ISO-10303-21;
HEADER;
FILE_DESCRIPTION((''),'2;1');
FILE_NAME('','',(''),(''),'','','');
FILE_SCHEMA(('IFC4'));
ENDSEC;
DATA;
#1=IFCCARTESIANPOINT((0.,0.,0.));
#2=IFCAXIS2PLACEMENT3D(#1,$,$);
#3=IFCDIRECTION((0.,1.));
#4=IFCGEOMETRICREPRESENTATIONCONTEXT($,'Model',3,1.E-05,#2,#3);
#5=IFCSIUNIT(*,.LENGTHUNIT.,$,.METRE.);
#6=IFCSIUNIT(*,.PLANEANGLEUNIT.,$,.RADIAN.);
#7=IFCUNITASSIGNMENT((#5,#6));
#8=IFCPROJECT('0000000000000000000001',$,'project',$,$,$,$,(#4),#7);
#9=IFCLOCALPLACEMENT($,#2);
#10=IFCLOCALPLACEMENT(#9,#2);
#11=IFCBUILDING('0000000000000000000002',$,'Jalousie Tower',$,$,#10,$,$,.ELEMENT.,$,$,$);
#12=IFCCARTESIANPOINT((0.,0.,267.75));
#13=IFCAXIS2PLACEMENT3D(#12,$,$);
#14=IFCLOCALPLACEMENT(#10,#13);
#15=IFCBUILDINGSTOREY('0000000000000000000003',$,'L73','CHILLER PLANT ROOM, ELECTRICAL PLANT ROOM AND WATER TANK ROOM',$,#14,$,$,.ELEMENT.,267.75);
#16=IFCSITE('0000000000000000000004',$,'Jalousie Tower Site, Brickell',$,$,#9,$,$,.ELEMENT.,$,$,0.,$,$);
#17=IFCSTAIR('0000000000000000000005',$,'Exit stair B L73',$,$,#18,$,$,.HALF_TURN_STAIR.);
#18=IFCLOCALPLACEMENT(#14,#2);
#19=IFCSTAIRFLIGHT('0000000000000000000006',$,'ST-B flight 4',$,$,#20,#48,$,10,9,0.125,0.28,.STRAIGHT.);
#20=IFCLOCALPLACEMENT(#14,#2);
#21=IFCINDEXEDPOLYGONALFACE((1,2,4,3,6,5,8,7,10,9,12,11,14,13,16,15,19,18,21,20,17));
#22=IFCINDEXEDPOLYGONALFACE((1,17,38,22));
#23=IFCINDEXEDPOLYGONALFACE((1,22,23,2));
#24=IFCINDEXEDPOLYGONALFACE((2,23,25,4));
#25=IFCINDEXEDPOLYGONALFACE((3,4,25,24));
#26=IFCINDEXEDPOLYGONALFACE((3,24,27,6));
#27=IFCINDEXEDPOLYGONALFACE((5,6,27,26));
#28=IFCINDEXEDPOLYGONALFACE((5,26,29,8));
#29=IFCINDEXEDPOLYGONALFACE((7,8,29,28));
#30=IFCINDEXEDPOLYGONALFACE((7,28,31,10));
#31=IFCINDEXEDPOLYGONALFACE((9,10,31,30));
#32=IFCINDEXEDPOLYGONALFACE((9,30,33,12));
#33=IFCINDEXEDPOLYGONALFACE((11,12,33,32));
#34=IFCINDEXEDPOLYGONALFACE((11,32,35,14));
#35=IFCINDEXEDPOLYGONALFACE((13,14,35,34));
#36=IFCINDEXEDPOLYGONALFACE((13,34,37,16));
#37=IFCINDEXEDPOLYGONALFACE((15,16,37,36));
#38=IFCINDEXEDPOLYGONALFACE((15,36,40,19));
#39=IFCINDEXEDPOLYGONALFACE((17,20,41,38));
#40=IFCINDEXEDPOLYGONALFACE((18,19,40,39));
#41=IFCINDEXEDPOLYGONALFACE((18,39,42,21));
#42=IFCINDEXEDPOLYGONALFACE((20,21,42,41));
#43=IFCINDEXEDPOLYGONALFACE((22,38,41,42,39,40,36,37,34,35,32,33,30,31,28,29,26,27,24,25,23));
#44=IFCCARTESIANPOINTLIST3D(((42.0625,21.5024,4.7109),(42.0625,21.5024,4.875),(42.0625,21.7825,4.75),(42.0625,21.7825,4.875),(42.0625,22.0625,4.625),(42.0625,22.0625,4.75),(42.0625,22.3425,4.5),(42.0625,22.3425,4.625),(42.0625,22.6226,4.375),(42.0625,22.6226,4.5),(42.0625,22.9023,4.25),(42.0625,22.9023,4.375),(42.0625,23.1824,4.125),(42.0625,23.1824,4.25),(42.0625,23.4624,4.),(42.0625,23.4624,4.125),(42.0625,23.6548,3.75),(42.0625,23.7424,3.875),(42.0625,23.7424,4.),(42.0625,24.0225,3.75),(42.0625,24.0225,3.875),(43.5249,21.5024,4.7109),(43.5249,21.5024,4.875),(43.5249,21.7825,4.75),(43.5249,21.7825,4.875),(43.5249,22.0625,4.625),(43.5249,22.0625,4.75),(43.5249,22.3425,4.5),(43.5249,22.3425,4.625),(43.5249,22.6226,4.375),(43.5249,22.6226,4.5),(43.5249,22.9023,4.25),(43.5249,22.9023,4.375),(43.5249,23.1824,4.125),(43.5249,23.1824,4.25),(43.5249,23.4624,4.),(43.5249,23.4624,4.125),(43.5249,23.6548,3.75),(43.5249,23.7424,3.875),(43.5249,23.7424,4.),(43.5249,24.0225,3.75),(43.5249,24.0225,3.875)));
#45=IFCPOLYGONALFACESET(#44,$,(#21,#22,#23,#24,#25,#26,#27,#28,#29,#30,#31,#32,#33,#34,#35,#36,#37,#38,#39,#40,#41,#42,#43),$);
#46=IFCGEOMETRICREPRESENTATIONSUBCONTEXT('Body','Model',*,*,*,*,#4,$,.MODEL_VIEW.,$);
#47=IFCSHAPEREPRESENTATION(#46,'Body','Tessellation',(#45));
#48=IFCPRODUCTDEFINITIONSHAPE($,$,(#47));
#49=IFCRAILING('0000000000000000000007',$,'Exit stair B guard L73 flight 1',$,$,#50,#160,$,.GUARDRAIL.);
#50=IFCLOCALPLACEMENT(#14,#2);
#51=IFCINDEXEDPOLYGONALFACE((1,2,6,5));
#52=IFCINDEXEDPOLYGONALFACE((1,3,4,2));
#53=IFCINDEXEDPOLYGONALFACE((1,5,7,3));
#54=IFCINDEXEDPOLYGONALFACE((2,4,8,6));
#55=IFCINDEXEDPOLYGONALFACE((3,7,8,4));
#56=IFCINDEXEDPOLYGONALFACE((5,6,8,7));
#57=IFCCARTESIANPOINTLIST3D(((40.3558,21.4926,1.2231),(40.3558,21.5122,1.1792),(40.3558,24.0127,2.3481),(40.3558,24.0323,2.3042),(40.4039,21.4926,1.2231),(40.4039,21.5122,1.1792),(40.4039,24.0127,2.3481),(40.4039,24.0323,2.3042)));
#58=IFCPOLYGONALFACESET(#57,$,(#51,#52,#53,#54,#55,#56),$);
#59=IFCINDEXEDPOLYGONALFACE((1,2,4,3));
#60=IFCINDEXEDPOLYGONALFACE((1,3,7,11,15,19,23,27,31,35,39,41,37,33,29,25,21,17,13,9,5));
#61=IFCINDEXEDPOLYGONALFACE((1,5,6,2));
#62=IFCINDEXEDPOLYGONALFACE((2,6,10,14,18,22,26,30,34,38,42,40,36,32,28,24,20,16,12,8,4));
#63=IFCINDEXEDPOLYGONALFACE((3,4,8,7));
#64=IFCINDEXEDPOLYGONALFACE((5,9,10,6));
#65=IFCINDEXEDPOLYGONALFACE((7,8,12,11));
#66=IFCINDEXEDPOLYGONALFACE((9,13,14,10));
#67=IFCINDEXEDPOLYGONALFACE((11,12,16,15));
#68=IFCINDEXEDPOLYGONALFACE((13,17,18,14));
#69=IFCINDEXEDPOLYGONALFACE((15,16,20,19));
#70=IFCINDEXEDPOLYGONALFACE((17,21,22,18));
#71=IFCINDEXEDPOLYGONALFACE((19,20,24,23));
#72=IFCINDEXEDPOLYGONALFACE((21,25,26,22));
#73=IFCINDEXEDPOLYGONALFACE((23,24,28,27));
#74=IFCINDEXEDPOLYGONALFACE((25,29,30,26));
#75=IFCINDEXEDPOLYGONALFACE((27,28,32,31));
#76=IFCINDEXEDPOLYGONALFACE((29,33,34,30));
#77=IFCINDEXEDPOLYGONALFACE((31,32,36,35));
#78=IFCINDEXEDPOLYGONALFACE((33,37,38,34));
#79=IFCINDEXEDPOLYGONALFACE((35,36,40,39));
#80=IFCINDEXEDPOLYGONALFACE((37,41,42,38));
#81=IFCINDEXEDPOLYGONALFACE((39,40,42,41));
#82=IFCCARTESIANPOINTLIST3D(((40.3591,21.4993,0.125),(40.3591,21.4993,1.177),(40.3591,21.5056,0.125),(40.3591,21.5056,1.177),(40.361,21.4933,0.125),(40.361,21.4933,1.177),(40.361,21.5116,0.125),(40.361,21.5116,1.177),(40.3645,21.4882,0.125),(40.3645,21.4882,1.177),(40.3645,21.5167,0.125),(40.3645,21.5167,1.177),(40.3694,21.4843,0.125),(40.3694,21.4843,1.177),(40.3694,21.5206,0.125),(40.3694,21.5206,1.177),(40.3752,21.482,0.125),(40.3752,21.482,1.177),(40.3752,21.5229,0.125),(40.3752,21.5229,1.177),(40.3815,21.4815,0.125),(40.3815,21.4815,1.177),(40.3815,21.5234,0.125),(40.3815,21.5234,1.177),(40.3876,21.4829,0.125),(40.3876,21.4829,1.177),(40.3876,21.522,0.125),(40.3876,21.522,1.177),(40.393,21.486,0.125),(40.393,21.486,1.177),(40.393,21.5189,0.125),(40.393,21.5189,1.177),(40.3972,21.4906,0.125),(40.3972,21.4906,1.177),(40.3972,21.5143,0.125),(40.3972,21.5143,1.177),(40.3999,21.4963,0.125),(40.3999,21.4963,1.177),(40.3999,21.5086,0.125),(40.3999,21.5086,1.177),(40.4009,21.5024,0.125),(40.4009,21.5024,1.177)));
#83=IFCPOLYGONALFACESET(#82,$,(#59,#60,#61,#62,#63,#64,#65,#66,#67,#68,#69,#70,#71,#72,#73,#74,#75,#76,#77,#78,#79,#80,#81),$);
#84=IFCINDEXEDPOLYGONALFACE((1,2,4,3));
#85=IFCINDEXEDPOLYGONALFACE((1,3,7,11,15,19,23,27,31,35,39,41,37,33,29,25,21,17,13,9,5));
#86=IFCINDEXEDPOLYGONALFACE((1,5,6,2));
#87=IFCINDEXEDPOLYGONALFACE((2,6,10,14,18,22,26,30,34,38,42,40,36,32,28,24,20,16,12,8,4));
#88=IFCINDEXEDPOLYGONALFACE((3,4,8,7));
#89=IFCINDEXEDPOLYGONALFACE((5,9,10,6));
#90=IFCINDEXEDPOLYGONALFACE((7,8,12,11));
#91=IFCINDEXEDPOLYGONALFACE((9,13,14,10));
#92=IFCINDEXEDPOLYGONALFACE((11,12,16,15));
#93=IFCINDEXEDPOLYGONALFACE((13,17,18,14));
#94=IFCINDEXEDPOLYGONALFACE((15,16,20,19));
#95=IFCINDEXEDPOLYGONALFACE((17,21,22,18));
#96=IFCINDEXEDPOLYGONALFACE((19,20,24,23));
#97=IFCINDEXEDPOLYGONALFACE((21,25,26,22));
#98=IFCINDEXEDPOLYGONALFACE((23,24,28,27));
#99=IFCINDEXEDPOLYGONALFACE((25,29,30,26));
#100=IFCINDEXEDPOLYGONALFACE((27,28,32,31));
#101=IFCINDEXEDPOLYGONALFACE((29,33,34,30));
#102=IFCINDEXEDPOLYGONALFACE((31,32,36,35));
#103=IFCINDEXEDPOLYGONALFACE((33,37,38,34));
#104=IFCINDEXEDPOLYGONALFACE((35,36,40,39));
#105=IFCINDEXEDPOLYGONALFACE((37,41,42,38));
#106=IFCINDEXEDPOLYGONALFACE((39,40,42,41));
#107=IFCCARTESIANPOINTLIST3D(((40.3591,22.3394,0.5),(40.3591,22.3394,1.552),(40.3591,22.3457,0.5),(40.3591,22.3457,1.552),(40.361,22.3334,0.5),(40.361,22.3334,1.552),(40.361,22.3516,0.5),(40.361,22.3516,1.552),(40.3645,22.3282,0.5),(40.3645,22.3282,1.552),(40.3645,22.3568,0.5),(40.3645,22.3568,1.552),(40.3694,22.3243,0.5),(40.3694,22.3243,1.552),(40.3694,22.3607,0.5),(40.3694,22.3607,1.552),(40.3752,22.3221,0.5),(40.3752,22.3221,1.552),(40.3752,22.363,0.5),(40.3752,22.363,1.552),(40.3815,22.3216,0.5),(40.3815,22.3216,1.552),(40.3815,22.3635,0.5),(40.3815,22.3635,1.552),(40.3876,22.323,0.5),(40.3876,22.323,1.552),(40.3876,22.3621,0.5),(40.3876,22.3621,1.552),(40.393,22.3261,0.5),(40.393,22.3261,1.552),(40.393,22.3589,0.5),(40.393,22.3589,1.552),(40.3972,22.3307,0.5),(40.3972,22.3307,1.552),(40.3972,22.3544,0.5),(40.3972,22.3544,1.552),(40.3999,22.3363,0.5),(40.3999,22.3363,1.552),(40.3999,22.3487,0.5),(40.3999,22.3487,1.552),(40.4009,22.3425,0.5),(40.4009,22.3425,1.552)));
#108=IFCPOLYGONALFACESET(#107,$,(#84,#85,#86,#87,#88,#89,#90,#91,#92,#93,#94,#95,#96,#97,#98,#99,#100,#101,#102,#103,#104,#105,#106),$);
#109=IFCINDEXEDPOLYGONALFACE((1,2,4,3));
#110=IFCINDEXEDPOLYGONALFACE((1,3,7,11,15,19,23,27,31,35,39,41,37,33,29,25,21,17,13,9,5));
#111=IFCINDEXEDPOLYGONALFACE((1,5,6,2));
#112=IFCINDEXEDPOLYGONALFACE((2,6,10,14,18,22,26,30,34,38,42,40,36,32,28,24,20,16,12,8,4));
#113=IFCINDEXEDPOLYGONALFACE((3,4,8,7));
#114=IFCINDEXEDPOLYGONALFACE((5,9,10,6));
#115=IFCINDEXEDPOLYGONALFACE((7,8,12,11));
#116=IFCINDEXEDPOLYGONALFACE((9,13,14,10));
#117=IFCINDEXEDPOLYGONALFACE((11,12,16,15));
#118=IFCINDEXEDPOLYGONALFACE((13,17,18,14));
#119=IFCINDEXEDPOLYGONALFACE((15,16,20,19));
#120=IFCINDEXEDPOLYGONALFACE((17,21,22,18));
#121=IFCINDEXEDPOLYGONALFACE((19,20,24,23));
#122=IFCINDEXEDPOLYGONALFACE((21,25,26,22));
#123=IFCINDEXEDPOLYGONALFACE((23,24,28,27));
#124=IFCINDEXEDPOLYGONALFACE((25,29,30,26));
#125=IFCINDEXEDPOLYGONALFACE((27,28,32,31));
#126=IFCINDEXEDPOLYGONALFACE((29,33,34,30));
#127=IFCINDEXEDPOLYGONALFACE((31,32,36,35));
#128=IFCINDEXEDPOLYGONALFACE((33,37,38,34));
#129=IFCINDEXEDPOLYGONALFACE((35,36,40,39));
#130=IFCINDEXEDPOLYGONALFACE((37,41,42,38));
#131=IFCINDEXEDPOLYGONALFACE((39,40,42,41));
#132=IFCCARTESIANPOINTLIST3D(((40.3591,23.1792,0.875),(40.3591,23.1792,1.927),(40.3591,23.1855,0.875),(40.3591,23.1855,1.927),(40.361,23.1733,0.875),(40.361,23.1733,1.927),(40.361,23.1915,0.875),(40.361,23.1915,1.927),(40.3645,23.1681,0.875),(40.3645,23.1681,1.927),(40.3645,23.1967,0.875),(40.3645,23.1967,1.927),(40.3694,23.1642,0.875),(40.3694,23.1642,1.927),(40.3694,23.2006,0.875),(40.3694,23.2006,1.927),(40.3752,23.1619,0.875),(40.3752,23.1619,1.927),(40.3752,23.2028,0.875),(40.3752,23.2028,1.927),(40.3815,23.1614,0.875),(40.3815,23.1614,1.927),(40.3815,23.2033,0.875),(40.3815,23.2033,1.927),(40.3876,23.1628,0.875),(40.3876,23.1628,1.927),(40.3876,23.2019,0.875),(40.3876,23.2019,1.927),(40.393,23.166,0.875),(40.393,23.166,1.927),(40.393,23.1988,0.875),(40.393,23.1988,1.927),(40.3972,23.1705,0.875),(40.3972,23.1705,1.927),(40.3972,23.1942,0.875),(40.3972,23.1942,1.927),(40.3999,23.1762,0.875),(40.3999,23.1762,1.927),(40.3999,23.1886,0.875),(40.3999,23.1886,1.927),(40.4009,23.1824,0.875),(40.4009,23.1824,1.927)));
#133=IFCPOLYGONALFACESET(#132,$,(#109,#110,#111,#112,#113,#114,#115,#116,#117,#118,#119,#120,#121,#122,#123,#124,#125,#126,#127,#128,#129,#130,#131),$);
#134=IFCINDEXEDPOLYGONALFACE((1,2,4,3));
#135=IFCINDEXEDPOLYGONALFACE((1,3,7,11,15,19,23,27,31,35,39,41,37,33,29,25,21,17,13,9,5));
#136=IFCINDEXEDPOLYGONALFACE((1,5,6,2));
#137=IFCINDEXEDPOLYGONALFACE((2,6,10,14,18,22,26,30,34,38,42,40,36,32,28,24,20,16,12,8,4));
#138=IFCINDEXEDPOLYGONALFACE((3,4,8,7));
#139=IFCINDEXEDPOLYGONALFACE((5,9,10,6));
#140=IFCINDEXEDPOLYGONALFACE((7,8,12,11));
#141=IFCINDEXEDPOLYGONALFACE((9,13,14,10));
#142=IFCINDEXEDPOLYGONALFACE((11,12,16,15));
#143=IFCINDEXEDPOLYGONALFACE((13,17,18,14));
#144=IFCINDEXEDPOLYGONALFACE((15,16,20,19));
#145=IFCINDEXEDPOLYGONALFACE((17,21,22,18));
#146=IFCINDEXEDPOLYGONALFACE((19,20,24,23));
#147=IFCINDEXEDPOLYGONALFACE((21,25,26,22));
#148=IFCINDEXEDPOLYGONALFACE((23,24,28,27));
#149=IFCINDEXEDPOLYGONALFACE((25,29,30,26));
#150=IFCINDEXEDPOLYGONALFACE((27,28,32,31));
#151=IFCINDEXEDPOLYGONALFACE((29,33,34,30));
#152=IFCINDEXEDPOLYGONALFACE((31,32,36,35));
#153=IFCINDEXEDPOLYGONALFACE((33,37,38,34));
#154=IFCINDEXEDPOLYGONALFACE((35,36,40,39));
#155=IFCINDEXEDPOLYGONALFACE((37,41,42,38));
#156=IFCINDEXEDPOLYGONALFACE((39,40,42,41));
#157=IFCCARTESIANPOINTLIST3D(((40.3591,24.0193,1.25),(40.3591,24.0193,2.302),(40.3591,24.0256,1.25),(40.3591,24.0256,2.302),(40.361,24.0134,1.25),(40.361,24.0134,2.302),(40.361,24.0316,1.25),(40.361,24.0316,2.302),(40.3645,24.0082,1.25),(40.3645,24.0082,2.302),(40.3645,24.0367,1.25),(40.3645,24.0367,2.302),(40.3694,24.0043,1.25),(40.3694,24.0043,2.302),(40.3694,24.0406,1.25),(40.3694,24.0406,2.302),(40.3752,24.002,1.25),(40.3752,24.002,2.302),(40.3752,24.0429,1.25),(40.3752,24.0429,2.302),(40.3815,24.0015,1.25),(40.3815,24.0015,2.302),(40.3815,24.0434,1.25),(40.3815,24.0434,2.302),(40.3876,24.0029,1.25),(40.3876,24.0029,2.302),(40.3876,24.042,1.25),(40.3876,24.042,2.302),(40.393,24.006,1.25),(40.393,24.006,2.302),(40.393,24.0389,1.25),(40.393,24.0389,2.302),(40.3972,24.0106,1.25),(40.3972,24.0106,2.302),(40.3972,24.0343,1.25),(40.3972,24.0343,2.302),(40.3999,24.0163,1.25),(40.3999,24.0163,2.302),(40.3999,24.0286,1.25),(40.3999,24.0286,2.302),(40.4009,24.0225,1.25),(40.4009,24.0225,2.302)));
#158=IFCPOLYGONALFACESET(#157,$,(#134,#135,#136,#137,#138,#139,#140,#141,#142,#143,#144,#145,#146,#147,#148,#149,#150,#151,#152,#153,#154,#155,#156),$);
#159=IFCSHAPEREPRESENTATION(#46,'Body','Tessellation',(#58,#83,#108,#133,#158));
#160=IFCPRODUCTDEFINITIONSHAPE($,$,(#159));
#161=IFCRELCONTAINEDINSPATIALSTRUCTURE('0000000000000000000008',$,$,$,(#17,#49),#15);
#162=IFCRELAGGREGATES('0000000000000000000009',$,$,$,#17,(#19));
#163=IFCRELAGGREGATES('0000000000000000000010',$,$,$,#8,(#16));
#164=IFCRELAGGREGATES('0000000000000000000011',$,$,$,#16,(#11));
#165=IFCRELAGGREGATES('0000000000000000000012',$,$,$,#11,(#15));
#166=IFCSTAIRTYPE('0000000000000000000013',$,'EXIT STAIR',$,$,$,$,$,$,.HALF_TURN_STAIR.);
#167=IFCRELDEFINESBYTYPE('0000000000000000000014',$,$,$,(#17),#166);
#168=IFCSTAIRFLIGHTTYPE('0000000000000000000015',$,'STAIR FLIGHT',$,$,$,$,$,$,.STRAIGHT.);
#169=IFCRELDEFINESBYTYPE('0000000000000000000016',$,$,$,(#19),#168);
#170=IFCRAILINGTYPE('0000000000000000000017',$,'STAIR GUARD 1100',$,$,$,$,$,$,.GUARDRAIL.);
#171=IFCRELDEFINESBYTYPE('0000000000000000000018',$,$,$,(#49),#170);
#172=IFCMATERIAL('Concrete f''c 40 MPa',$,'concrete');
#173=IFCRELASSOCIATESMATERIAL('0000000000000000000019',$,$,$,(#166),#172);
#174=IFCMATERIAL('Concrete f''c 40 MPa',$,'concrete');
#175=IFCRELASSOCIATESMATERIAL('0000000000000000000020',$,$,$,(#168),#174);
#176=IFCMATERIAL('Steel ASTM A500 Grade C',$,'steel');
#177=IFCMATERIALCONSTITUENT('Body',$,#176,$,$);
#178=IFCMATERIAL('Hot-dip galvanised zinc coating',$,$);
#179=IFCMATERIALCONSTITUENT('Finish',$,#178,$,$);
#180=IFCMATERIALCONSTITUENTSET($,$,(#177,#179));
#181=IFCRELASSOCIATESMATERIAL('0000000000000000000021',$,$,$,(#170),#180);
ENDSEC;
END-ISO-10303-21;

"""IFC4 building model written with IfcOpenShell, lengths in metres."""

from ifc_helpers import new_model, si_unit, direction, frame, origin, origin_2d, place, context, subcontext, project, spatial, polyline, rectangle, circle, outline, extrude, material, constituent, constituent_set, type_object, element, aggregate, save


model = new_model("IFC4")

# Units and contexts
model_context = context("Model", 3, precision=1e-05, world=origin(), true_north=direction((0.0, 1.0)))
body_context = subcontext(model_context, "Body", "Model", "MODEL_VIEW")
ifc_project = project(units=[si_unit("LENGTHUNIT", "METRE"), si_unit("PLANEANGLEUNIT", "RADIAN")], contexts=[model_context])

# Site, building, storey
site_placement = place(None, origin())
site = spatial("IfcSite", under=ifc_project, at=site_placement, Name="Jalousie Tower Site, Brickell", CompositionType="ELEMENT", RefElevation=0.0)
building_placement = place(site_placement, origin())
building = spatial("IfcBuilding", under=site, at=building_placement, Name="Jalousie Tower", CompositionType="ELEMENT")
storey_placement = place(building_placement, frame((0.0, 0.0, 267.75)))
storey = spatial("IfcBuildingStorey", under=building, at=storey_placement, Name="L73", Description="CHILLER PLANT ROOM, ELECTRICAL PLANT ROOM AND WATER TANK ROOM", CompositionType="ELEMENT", Elevation=267.75)

# Stair, stair flight
ifc_material_1 = material(Name="Concrete f'c 40 MPa", Category="concrete")
stair_type = type_object("IfcStairType", Name="EXIT STAIR", PredefinedType="HALF_TURN_STAIR", material=ifc_material_1)
stair_placement = place(storey_placement, origin())
stair = element("IfcStair", 1, at=stair_placement, inside=storey, type_object=stair_type, Name="Exit stair B L73", PredefinedType="HALF_TURN_STAIR")
ifc_material_2 = material(Name="Concrete f'c 40 MPa", Category="concrete")
stair_flight_type = type_object("IfcStairFlightType", Name="STAIR FLIGHT", PredefinedType="STRAIGHT", material=ifc_material_2)
stair_flight_1_placement = place(storey_placement, frame((42.7937, 24.0225, 3.75), z_axis=(0.0, 0.0, 1.0), x_axis=(0.0, -1.0, 0.0)))
stair_flight_1 = element("IfcStairFlight", 2, at=stair_flight_1_placement, type_object=stair_flight_type, Name="ST-B flight 4", NumberOfRisers=10, NumberOfTreads=9, PredefinedType="STRAIGHT", RiserHeight=0.125, TreadLength=0.28, context=body_context, shape_type="SweptSolid", body=[
    extrude(outline(polyline([(0.0, 0.0), (0.0, 0.125), (0.28, 0.125), (0.28, 0.25), (0.5601, 0.25), (0.5601, 0.375), (0.8401, 0.375), (0.8401, 0.5), (1.1201, 0.5), (1.1201, 0.625), (1.3999, 0.625), (1.3999, 0.75), (1.6799, 0.75), (1.6799, 0.875), (1.96, 0.875), (1.96, 1.0), (2.24, 1.0), (2.24, 1.125), (2.52, 1.125), (2.52, 1.25), (2.52, 0.9609), (0.3677, 0.0), (0.0, 0.0)])), frame((0.0, 0.7312, 0.0), z_axis=(0.0, -1.0, 0.0), x_axis=(1.0, 0.0, 0.0)), (0.0, 0.0, 1.0), 1.4624),
])
aggregate(stair, [stair_flight_1])

# Railing
ifc_material_3 = material(Name="Steel ASTM A500 Grade C", Category="steel")
ifc_constituent_1 = constituent(ifc_material_3, Name="Body")
ifc_material_4 = material(Name="Hot-dip galvanised zinc coating")
ifc_constituent_2 = constituent(ifc_material_4, Name="Finish")
ifc_constituent_set_1 = constituent_set(constituents=[ifc_constituent_1, ifc_constituent_2])
railing_type_1 = type_object("IfcRailingType", Name="STAIR GUARD 1100", PredefinedType="GUARDRAIL", material=ifc_constituent_set_1)
railing_1_placement = place(storey_placement, frame((40.3799, 21.5024, 0.125)))
element("IfcRailing", 3, at=railing_1_placement, inside=storey, type_object=railing_type_1, Name="Exit stair B guard L73 flight 1", PredefinedType="GUARDRAIL", context=body_context, shape_type="SweptSolid", body=[
    extrude(rectangle(XDim=0.0481, YDim=0.0481, at=origin_2d()), frame((0.0, 0.0, 1.0762), z_axis=(0.0, 0.913139, 0.407648), x_axis=(-1.0, 0.0, 0.0)), (0.0, 0.0, 1.0), 2.7598),
    extrude(circle(Radius=0.021, at=origin_2d()), origin(), (0.0, 0.0, 1.0), 1.052),
    extrude(circle(Radius=0.021, at=origin_2d()), frame((0.0, 0.8401, 0.375)), (0.0, 0.0, 1.0), 1.052),
    extrude(circle(Radius=0.021, at=origin_2d()), frame((0.0, 1.6799, 0.75)), (0.0, 0.0, 1.0), 1.052),
    extrude(circle(Radius=0.021, at=origin_2d()), frame((0.0, 2.52, 1.125)), (0.0, 0.0, 1.0), 1.052),
])

save(model, "model.ifc")
